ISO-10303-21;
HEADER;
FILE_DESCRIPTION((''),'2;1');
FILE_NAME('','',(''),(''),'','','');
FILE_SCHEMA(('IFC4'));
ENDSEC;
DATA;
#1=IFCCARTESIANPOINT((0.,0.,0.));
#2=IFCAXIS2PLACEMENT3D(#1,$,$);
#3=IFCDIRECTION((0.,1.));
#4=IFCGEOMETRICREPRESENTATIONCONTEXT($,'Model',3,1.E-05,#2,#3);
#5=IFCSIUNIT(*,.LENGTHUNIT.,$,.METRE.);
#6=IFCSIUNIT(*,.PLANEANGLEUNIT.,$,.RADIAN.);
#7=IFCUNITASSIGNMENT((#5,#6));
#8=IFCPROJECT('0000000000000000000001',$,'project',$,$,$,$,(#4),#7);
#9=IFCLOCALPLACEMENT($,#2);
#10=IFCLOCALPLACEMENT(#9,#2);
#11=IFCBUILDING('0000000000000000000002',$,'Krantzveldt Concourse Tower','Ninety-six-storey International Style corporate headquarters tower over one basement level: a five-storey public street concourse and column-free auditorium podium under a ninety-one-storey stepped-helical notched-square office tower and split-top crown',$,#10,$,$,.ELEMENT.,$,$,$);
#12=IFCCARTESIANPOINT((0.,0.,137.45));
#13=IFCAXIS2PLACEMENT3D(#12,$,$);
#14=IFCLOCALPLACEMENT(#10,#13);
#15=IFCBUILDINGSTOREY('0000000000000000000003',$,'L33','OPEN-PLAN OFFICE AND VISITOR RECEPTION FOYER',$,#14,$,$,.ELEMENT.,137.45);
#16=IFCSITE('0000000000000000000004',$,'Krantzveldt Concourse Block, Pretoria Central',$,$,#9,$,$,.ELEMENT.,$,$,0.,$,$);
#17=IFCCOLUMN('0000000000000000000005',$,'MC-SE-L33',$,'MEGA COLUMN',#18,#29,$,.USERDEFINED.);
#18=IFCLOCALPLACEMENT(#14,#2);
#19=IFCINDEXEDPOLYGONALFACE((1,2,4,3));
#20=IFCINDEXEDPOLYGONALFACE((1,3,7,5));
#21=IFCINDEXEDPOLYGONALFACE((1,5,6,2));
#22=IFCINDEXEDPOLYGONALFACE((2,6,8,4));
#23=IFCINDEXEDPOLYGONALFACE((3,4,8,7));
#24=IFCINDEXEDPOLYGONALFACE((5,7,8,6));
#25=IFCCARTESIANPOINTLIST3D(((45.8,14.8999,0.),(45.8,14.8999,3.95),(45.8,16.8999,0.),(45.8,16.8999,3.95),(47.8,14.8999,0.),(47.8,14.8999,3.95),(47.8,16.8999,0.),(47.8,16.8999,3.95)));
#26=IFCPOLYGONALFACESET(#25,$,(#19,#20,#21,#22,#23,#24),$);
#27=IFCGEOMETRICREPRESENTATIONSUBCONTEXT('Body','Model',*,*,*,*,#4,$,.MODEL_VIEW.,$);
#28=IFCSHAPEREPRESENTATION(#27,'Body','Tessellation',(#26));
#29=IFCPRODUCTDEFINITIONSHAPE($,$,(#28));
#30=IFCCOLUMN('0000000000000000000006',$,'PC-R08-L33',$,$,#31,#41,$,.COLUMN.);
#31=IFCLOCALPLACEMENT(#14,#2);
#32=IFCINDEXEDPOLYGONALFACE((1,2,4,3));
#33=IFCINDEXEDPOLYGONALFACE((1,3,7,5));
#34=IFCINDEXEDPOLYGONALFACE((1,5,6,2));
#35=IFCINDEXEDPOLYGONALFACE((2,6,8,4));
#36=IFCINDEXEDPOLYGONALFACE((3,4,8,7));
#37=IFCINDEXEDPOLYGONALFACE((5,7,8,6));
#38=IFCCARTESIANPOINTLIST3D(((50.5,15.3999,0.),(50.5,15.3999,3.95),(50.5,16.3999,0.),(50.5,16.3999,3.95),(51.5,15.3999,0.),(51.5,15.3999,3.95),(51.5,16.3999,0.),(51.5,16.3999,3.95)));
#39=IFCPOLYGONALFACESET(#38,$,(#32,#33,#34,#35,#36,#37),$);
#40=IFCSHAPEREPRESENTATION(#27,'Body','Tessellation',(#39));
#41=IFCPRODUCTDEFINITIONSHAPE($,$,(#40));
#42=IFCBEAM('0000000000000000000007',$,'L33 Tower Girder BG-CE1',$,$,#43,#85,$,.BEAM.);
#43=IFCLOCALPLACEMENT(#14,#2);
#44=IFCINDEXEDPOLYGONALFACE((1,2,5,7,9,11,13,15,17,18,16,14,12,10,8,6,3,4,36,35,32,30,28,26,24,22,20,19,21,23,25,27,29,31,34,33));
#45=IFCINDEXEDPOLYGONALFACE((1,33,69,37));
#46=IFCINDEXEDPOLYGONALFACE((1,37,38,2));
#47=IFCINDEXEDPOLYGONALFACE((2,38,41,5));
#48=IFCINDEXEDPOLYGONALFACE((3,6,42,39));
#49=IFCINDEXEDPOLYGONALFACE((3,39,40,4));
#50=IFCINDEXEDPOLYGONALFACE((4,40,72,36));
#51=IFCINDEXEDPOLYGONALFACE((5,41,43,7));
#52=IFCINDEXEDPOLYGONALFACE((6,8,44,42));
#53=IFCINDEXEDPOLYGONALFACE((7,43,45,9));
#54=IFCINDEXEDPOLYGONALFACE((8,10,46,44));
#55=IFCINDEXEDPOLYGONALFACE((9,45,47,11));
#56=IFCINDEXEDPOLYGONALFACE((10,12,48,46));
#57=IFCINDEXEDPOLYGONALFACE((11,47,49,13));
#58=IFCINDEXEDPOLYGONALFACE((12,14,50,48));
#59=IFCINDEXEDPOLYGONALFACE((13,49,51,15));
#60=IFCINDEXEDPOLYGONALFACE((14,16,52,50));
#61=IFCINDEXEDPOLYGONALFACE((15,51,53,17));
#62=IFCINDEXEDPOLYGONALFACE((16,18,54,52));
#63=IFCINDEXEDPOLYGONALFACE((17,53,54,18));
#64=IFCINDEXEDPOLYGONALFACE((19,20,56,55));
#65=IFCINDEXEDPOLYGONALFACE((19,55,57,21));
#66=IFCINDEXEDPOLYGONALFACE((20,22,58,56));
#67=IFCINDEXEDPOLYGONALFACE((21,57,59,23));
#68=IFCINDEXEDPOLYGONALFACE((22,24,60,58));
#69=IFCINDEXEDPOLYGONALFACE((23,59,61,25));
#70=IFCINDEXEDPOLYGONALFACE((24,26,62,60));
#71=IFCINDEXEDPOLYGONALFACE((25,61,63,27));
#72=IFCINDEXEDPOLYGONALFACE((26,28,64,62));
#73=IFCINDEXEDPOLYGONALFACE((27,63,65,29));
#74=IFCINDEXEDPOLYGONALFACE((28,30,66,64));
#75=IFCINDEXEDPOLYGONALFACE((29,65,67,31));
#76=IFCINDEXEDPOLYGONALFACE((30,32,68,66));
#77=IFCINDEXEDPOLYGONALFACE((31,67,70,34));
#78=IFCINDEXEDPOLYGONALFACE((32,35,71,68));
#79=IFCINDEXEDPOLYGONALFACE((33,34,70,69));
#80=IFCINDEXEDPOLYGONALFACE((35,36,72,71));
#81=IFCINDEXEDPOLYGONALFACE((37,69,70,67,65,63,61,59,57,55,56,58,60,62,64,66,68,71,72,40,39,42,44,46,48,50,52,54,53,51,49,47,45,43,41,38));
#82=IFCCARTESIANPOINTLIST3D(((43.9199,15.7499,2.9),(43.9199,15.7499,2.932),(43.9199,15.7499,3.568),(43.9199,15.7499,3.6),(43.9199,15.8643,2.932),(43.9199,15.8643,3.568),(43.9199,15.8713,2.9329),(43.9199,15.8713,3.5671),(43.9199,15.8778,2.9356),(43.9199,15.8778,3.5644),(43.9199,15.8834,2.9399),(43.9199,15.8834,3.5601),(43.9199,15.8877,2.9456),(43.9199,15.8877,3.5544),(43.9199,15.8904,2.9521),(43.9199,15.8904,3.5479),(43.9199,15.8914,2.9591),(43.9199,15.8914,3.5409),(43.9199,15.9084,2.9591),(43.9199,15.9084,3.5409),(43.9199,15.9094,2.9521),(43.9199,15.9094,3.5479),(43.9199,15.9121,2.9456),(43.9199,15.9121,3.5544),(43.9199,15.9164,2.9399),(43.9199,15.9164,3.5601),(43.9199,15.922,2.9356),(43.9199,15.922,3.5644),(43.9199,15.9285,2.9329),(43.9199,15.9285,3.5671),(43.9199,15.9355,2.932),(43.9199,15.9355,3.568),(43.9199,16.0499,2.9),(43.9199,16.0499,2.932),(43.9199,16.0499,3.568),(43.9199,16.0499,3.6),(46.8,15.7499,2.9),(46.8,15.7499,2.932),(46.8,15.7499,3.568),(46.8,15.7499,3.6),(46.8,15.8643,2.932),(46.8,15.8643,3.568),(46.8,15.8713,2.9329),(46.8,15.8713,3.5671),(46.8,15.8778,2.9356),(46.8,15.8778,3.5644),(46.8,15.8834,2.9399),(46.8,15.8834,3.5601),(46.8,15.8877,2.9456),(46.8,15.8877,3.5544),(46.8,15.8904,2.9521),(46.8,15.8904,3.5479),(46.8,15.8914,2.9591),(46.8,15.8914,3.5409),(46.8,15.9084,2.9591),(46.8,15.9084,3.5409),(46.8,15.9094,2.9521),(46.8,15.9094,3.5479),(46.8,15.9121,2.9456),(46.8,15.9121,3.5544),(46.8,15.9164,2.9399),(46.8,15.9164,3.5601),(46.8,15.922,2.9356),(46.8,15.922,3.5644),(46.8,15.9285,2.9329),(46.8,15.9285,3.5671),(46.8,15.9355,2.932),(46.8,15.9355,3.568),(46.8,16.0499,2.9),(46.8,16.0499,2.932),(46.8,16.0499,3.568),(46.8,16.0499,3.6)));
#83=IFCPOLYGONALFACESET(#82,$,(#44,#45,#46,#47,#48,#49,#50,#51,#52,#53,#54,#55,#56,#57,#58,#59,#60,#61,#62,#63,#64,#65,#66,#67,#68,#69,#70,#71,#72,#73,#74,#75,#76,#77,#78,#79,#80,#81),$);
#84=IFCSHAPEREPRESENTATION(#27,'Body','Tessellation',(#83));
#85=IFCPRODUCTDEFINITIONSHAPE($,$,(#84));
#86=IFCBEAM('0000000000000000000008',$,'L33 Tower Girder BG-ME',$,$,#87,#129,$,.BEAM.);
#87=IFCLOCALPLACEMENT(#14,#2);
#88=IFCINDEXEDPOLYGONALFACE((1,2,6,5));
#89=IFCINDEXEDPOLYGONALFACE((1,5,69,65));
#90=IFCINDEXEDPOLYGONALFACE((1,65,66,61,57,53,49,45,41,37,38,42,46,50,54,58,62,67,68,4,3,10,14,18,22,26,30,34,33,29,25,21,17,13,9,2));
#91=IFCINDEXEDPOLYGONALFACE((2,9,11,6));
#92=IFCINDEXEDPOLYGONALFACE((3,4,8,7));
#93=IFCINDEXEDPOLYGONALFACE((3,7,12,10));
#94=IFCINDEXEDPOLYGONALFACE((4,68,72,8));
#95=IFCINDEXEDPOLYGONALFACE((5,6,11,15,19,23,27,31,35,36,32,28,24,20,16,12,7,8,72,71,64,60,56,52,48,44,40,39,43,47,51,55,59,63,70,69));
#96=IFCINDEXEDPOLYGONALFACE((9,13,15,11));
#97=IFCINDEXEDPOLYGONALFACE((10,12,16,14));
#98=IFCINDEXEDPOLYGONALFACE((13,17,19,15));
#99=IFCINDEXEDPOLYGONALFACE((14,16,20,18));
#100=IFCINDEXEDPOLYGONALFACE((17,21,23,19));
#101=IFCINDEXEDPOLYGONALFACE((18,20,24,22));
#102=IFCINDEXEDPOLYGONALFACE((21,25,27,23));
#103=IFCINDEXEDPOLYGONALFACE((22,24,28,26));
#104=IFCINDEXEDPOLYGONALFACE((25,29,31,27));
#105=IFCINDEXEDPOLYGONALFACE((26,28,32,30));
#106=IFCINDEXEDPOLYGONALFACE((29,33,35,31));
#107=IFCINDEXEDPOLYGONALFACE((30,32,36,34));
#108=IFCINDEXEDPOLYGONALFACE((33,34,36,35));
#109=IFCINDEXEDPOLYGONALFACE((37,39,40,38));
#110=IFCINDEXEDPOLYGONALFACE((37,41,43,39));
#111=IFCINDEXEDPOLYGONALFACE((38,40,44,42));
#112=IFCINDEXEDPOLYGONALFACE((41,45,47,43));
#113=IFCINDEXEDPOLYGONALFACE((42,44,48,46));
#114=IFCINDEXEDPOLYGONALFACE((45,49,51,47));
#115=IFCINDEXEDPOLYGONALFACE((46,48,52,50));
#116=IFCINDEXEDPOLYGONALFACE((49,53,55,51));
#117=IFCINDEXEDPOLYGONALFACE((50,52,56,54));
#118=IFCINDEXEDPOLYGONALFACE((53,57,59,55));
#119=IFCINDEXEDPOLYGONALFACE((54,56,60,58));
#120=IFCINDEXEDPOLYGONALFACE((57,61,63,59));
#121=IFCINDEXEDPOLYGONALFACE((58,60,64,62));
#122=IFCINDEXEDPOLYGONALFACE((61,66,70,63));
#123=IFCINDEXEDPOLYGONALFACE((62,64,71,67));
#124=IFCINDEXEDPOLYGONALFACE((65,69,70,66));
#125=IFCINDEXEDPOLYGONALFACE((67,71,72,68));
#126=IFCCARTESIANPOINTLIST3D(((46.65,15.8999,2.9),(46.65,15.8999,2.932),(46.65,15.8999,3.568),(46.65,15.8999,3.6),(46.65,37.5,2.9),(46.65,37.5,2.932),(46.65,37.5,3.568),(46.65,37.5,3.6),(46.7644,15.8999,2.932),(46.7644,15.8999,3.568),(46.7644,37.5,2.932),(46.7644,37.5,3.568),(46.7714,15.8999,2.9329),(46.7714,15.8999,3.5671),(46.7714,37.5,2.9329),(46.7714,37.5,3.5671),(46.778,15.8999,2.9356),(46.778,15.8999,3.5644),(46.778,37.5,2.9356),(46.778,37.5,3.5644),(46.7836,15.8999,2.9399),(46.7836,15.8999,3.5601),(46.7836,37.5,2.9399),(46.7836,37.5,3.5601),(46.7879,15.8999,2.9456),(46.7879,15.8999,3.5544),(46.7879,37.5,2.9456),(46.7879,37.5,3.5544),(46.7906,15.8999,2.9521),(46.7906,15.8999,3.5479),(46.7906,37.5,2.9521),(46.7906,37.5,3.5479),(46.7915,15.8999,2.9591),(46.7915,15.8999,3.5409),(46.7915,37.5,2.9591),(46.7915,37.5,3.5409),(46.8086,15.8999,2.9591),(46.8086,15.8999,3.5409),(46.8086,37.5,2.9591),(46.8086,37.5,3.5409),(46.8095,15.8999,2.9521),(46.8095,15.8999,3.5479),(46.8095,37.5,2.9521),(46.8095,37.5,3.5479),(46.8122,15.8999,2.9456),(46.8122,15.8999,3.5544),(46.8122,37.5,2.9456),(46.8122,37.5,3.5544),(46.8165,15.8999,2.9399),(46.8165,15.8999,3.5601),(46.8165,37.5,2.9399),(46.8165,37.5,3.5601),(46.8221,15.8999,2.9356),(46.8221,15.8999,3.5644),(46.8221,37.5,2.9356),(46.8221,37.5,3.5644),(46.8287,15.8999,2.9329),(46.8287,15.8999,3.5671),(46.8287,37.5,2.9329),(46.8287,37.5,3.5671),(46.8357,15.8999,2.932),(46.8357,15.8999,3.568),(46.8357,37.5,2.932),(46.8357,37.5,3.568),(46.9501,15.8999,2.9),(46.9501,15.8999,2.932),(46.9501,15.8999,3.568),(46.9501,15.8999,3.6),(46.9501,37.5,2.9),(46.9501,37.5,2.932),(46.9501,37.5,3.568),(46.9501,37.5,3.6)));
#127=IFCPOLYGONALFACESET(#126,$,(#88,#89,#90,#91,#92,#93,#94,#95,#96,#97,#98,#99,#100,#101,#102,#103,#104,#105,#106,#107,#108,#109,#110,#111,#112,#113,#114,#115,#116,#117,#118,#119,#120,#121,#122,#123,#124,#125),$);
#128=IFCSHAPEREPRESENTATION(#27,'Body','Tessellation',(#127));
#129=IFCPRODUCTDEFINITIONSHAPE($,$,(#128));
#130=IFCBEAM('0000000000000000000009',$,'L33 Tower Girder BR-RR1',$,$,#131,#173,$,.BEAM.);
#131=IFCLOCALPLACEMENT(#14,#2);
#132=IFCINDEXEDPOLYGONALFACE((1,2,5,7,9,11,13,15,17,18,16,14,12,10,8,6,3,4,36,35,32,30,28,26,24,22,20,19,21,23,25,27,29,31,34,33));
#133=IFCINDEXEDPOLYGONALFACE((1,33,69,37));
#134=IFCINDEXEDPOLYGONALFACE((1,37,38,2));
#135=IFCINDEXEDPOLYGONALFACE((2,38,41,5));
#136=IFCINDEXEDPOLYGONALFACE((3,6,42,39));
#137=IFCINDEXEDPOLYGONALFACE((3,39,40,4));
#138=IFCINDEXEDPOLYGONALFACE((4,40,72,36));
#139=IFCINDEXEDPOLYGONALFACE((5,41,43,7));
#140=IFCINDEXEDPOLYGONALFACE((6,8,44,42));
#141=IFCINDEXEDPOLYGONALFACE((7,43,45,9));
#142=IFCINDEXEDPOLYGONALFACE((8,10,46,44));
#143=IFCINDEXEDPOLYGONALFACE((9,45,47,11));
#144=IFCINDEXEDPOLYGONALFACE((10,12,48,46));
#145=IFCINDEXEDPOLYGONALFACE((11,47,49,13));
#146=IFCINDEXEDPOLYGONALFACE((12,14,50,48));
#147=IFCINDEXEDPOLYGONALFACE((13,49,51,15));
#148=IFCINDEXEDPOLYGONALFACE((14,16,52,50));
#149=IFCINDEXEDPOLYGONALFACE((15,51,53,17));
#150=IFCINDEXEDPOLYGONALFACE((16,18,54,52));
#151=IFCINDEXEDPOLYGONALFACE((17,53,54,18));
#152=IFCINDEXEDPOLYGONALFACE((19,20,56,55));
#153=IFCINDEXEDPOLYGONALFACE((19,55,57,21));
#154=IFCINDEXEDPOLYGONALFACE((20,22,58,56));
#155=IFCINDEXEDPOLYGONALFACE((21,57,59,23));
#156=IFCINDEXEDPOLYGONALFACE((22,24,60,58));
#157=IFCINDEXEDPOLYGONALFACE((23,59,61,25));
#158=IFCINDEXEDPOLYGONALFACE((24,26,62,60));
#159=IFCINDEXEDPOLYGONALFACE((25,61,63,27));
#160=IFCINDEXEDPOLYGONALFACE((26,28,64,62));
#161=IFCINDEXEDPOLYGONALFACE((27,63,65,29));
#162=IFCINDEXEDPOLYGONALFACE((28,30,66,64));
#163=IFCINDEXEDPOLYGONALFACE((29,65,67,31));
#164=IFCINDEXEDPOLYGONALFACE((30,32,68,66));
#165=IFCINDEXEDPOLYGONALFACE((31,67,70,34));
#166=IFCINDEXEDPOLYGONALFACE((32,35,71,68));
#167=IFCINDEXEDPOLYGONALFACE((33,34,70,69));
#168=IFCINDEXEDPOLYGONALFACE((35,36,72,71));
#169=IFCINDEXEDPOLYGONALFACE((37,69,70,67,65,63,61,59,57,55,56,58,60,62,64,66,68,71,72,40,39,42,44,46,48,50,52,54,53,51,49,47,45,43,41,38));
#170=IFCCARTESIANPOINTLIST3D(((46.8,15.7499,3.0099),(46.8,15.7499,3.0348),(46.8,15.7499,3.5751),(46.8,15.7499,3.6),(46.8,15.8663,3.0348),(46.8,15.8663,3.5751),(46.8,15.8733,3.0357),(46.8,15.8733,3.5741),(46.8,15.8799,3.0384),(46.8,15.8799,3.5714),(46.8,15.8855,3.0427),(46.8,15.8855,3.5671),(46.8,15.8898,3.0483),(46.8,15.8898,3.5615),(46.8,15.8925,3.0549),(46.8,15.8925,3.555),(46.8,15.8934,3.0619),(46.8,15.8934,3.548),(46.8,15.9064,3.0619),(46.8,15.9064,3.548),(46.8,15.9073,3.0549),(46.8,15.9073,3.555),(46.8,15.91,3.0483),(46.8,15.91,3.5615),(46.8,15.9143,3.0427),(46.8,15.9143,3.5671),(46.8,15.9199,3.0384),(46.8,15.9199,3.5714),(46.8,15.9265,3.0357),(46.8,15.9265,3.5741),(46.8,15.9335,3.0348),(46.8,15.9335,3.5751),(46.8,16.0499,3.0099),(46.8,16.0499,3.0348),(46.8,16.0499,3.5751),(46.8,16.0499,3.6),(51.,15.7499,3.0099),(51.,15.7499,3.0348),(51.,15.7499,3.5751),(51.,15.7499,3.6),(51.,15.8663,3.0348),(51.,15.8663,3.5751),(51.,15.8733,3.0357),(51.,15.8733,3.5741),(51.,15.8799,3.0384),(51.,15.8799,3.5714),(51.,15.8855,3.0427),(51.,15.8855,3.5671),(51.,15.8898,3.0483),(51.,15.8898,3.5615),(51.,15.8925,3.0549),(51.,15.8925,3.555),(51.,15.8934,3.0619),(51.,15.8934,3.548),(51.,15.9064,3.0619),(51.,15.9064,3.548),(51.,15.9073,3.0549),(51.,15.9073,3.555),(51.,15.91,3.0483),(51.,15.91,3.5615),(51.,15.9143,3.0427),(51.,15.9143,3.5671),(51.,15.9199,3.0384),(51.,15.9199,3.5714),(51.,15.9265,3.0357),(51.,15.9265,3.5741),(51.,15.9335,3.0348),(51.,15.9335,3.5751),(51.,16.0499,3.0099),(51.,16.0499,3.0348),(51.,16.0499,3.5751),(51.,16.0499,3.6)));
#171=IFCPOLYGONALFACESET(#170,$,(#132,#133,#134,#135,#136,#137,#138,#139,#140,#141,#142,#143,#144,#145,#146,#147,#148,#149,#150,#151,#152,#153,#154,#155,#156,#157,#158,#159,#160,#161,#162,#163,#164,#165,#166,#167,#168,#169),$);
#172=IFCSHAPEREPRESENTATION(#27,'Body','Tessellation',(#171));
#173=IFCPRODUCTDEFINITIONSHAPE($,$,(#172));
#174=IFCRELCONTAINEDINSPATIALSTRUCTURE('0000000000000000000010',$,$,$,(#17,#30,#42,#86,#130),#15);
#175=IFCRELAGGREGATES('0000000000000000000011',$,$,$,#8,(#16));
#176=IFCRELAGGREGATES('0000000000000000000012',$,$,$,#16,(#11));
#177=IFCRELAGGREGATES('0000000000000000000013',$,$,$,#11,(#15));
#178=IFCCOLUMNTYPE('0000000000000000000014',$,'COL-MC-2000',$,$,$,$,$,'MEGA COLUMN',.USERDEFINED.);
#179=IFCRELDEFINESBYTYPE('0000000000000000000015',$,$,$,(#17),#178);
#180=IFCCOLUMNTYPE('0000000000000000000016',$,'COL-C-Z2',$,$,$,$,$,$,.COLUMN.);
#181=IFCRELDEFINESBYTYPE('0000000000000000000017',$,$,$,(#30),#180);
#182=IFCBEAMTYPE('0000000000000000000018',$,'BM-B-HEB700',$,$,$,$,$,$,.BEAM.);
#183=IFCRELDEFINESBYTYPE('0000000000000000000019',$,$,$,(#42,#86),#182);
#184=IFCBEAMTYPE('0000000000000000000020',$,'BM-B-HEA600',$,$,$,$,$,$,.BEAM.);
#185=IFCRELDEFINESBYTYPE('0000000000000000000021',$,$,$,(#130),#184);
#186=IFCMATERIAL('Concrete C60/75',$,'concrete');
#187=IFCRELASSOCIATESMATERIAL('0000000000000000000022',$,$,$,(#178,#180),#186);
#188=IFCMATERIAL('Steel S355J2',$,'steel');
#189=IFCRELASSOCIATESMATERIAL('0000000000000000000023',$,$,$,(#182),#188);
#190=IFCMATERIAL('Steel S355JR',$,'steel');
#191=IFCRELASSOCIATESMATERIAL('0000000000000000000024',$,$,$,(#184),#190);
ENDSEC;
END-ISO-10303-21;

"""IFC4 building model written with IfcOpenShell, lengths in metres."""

from ifc_helpers import new_model, si_unit, direction, frame, origin, origin_2d, place, context, subcontext, project, spatial, rectangle, i_section, extrude, source, transform, mapped, material, material_profile, profile_set, type_object, type_shapes, element, save


model = new_model("IFC4")

# Units and contexts
model_context = context("Model", 3, precision=1e-05, world=origin(), true_north=direction((0.0, 1.0)))
body_context = subcontext(model_context, "Body", "Model", "MODEL_VIEW")
ifc_project = project(units=[si_unit("LENGTHUNIT", "METRE"), si_unit("PLANEANGLEUNIT", "RADIAN")], contexts=[model_context])

# Site, building, storey
site_placement = place(None, origin())
site = spatial("IfcSite", under=ifc_project, at=site_placement, Name="Krantzveldt Concourse Block, Pretoria Central", CompositionType="ELEMENT", RefElevation=0.0)
building_placement = place(site_placement, origin())
building = spatial("IfcBuilding", under=site, at=building_placement, Name="Krantzveldt Concourse Tower", Description="Ninety-six-storey International Style corporate headquarters tower over one basement level: a five-storey public street concourse and column-free auditorium podium under a ninety-one-storey stepped-helical notched-square office tower and split-top crown", CompositionType="ELEMENT")
storey_placement = place(building_placement, frame((0.0, 0.0, 137.45)))
storey = spatial("IfcBuildingStorey", under=building, at=storey_placement, Name="L33", Description="OPEN-PLAN OFFICE AND VISITOR RECEPTION FOYER", CompositionType="ELEMENT", Elevation=137.45)

# Columns
ifc_material_1 = material(Name="Concrete C60/75", Category="concrete")
ifc_material_profile_1 = material_profile(ifc_material_1, rectangle(XDim=2.0, YDim=2.0, at=origin_2d()), Name="Concrete C60/75", Category="concrete")
ifc_profile_set_1 = profile_set([ifc_material_profile_1], Name="Concrete C60/75 - RC 2000x2000")
column_type_1 = type_object("IfcColumnType", Name="COL-MC-2000", ElementType="MEGA COLUMN", PredefinedType="USERDEFINED", material=ifc_profile_set_1)
shared_shape_1 = source(origin(), body_context, "Body", "SweptSolid", [
    extrude(rectangle(XDim=2.0, YDim=2.0, at=origin_2d()), origin(), (0.0, 0.0, 1.0), 3.95),
])
type_shapes(column_type_1, [shared_shape_1])
column_1_placement = place(storey_placement, frame((46.8, 15.8999, 0.0), z_axis=(0.0, 0.0, 1.0), x_axis=(1.0, 0.0, 0.0)))
element("IfcColumn", 1, at=column_1_placement, inside=storey, type_object=column_type_1, Name="MC-SE-L33", ObjectType="MEGA COLUMN", PredefinedType="USERDEFINED", context=body_context, shape_type="MappedRepresentation", body=[
    mapped(shared_shape_1, transform((0.0, 0.0, 0.0), x_axis=(1.0, 0.0, 0.0), y_axis=(0.0, 1.0, 0.0), z_axis=(0.0, 0.0, 1.0), scale=1.0)),
])
ifc_material_profile_2 = material_profile(ifc_material_1, rectangle(XDim=1.0, YDim=1.0, at=origin_2d()), Name="Concrete C60/75", Category="concrete")
ifc_profile_set_2 = profile_set([ifc_material_profile_2], Name="Concrete C60/75 - RC 1000x1000")
column_type_2 = type_object("IfcColumnType", Name="COL-C-Z2", PredefinedType="COLUMN", material=ifc_profile_set_2)
shared_shape_2 = source(origin(), body_context, "Body", "SweptSolid", [
    extrude(rectangle(XDim=1.0, YDim=1.0, at=origin_2d()), origin(), (0.0, 0.0, 1.0), 3.95),
])
type_shapes(column_type_2, [shared_shape_2])
column_2_placement = place(storey_placement, frame((51.0, 15.8999, 0.0), z_axis=(0.0, 0.0, 1.0), x_axis=(1.0, 0.0, 0.0)))
element("IfcColumn", 2, at=column_2_placement, inside=storey, type_object=column_type_2, Name="PC-R08-L33", PredefinedType="COLUMN", context=body_context, shape_type="MappedRepresentation", body=[
    mapped(shared_shape_2, transform((0.0, 0.0, 0.0), x_axis=(1.0, 0.0, 0.0), y_axis=(0.0, 1.0, 0.0), z_axis=(0.0, 0.0, 1.0), scale=1.0)),
])

# Beams
ifc_material_2 = material(Name="Steel S355J2", Category="steel")
ifc_material_profile_3 = material_profile(ifc_material_2, i_section(OverallWidth=0.3, OverallDepth=0.7, WebThickness=0.0171, FlangeThickness=0.032, FilletRadius=0.0271, at=origin_2d()), Name="Steel S355J2", Category="steel")
ifc_profile_set_3 = profile_set([ifc_material_profile_3], Name="Steel S355J2 - HEB 700")
beam_type_1 = type_object("IfcBeamType", Name="BM-B-HEB700", PredefinedType="BEAM", material=ifc_profile_set_3)
shared_shape_3 = source(origin(), body_context, "Body", "SweptSolid", [
    extrude(i_section(OverallWidth=0.3, OverallDepth=0.7, WebThickness=0.0171, FlangeThickness=0.032, FilletRadius=0.0271, at=origin_2d()), origin(), (0.0, 0.0, 1.0), 2.8801),
])
beam_1_placement = place(storey_placement, frame((43.9199, 15.8999, 3.25), z_axis=(1.0, 0.0, 0.0), x_axis=(0.0, 1.0, 0.0)))
element("IfcBeam", 3, at=beam_1_placement, inside=storey, type_object=beam_type_1, Name="L33 Tower Girder BG-CE1", PredefinedType="BEAM", context=body_context, shape_type="MappedRepresentation", body=[
    mapped(shared_shape_3, transform((0.0, 0.0, 0.0), x_axis=(1.0, 0.0, 0.0), y_axis=(0.0, 1.0, 0.0), z_axis=(0.0, 0.0, 1.0), scale=1.0)),
])
shared_shape_4 = source(origin(), body_context, "Body", "SweptSolid", [
    extrude(i_section(OverallWidth=0.3, OverallDepth=0.7, WebThickness=0.0171, FlangeThickness=0.032, FilletRadius=0.0271, at=origin_2d()), origin(), (0.0, 0.0, 1.0), 21.6001),
])
type_shapes(beam_type_1, [shared_shape_3, shared_shape_4])
beam_2_placement = place(storey_placement, frame((46.8, 15.8999, 3.25), z_axis=(0.0, 1.0, 0.0), x_axis=(-1.0, 0.0, 0.0)))
element("IfcBeam", 4, at=beam_2_placement, inside=storey, type_object=beam_type_1, Name="L33 Tower Girder BG-ME", PredefinedType="BEAM", context=body_context, shape_type="MappedRepresentation", body=[
    mapped(shared_shape_4, transform((0.0, 0.0, 0.0), x_axis=(1.0, 0.0, 0.0), y_axis=(0.0, 1.0, 0.0), z_axis=(0.0, 0.0, 1.0), scale=1.0)),
])
ifc_material_3 = material(Name="Steel S355JR", Category="steel")
ifc_material_profile_4 = material_profile(ifc_material_3, i_section(OverallWidth=0.3, OverallDepth=0.5901, WebThickness=0.0129, FlangeThickness=0.0249, FilletRadius=0.0271, at=origin_2d()), Name="Steel S355JR", Category="steel")
ifc_profile_set_4 = profile_set([ifc_material_profile_4], Name="Steel S355JR - HEA 600")
beam_type_2 = type_object("IfcBeamType", Name="BM-B-HEA600", PredefinedType="BEAM", material=ifc_profile_set_4)
shared_shape_5 = source(origin(), body_context, "Body", "SweptSolid", [
    extrude(i_section(OverallWidth=0.3, OverallDepth=0.5901, WebThickness=0.0129, FlangeThickness=0.0249, FilletRadius=0.0271, at=origin_2d()), origin(), (0.0, 0.0, 1.0), 4.2),
])
beam_3_placement = place(storey_placement, frame((46.8, 15.8999, 3.3049), z_axis=(1.0, 0.0, 0.0), x_axis=(0.0, 1.0, 0.0)))
element("IfcBeam", 5, at=beam_3_placement, inside=storey, type_object=beam_type_2, Name="L33 Tower Girder BR-RR1", PredefinedType="BEAM", context=body_context, shape_type="MappedRepresentation", body=[
    mapped(shared_shape_5, transform((0.0, 0.0, 0.0), x_axis=(1.0, 0.0, 0.0), y_axis=(0.0, 1.0, 0.0), z_axis=(0.0, 0.0, 1.0), scale=1.0)),
])

save(model, "model.ifc")
